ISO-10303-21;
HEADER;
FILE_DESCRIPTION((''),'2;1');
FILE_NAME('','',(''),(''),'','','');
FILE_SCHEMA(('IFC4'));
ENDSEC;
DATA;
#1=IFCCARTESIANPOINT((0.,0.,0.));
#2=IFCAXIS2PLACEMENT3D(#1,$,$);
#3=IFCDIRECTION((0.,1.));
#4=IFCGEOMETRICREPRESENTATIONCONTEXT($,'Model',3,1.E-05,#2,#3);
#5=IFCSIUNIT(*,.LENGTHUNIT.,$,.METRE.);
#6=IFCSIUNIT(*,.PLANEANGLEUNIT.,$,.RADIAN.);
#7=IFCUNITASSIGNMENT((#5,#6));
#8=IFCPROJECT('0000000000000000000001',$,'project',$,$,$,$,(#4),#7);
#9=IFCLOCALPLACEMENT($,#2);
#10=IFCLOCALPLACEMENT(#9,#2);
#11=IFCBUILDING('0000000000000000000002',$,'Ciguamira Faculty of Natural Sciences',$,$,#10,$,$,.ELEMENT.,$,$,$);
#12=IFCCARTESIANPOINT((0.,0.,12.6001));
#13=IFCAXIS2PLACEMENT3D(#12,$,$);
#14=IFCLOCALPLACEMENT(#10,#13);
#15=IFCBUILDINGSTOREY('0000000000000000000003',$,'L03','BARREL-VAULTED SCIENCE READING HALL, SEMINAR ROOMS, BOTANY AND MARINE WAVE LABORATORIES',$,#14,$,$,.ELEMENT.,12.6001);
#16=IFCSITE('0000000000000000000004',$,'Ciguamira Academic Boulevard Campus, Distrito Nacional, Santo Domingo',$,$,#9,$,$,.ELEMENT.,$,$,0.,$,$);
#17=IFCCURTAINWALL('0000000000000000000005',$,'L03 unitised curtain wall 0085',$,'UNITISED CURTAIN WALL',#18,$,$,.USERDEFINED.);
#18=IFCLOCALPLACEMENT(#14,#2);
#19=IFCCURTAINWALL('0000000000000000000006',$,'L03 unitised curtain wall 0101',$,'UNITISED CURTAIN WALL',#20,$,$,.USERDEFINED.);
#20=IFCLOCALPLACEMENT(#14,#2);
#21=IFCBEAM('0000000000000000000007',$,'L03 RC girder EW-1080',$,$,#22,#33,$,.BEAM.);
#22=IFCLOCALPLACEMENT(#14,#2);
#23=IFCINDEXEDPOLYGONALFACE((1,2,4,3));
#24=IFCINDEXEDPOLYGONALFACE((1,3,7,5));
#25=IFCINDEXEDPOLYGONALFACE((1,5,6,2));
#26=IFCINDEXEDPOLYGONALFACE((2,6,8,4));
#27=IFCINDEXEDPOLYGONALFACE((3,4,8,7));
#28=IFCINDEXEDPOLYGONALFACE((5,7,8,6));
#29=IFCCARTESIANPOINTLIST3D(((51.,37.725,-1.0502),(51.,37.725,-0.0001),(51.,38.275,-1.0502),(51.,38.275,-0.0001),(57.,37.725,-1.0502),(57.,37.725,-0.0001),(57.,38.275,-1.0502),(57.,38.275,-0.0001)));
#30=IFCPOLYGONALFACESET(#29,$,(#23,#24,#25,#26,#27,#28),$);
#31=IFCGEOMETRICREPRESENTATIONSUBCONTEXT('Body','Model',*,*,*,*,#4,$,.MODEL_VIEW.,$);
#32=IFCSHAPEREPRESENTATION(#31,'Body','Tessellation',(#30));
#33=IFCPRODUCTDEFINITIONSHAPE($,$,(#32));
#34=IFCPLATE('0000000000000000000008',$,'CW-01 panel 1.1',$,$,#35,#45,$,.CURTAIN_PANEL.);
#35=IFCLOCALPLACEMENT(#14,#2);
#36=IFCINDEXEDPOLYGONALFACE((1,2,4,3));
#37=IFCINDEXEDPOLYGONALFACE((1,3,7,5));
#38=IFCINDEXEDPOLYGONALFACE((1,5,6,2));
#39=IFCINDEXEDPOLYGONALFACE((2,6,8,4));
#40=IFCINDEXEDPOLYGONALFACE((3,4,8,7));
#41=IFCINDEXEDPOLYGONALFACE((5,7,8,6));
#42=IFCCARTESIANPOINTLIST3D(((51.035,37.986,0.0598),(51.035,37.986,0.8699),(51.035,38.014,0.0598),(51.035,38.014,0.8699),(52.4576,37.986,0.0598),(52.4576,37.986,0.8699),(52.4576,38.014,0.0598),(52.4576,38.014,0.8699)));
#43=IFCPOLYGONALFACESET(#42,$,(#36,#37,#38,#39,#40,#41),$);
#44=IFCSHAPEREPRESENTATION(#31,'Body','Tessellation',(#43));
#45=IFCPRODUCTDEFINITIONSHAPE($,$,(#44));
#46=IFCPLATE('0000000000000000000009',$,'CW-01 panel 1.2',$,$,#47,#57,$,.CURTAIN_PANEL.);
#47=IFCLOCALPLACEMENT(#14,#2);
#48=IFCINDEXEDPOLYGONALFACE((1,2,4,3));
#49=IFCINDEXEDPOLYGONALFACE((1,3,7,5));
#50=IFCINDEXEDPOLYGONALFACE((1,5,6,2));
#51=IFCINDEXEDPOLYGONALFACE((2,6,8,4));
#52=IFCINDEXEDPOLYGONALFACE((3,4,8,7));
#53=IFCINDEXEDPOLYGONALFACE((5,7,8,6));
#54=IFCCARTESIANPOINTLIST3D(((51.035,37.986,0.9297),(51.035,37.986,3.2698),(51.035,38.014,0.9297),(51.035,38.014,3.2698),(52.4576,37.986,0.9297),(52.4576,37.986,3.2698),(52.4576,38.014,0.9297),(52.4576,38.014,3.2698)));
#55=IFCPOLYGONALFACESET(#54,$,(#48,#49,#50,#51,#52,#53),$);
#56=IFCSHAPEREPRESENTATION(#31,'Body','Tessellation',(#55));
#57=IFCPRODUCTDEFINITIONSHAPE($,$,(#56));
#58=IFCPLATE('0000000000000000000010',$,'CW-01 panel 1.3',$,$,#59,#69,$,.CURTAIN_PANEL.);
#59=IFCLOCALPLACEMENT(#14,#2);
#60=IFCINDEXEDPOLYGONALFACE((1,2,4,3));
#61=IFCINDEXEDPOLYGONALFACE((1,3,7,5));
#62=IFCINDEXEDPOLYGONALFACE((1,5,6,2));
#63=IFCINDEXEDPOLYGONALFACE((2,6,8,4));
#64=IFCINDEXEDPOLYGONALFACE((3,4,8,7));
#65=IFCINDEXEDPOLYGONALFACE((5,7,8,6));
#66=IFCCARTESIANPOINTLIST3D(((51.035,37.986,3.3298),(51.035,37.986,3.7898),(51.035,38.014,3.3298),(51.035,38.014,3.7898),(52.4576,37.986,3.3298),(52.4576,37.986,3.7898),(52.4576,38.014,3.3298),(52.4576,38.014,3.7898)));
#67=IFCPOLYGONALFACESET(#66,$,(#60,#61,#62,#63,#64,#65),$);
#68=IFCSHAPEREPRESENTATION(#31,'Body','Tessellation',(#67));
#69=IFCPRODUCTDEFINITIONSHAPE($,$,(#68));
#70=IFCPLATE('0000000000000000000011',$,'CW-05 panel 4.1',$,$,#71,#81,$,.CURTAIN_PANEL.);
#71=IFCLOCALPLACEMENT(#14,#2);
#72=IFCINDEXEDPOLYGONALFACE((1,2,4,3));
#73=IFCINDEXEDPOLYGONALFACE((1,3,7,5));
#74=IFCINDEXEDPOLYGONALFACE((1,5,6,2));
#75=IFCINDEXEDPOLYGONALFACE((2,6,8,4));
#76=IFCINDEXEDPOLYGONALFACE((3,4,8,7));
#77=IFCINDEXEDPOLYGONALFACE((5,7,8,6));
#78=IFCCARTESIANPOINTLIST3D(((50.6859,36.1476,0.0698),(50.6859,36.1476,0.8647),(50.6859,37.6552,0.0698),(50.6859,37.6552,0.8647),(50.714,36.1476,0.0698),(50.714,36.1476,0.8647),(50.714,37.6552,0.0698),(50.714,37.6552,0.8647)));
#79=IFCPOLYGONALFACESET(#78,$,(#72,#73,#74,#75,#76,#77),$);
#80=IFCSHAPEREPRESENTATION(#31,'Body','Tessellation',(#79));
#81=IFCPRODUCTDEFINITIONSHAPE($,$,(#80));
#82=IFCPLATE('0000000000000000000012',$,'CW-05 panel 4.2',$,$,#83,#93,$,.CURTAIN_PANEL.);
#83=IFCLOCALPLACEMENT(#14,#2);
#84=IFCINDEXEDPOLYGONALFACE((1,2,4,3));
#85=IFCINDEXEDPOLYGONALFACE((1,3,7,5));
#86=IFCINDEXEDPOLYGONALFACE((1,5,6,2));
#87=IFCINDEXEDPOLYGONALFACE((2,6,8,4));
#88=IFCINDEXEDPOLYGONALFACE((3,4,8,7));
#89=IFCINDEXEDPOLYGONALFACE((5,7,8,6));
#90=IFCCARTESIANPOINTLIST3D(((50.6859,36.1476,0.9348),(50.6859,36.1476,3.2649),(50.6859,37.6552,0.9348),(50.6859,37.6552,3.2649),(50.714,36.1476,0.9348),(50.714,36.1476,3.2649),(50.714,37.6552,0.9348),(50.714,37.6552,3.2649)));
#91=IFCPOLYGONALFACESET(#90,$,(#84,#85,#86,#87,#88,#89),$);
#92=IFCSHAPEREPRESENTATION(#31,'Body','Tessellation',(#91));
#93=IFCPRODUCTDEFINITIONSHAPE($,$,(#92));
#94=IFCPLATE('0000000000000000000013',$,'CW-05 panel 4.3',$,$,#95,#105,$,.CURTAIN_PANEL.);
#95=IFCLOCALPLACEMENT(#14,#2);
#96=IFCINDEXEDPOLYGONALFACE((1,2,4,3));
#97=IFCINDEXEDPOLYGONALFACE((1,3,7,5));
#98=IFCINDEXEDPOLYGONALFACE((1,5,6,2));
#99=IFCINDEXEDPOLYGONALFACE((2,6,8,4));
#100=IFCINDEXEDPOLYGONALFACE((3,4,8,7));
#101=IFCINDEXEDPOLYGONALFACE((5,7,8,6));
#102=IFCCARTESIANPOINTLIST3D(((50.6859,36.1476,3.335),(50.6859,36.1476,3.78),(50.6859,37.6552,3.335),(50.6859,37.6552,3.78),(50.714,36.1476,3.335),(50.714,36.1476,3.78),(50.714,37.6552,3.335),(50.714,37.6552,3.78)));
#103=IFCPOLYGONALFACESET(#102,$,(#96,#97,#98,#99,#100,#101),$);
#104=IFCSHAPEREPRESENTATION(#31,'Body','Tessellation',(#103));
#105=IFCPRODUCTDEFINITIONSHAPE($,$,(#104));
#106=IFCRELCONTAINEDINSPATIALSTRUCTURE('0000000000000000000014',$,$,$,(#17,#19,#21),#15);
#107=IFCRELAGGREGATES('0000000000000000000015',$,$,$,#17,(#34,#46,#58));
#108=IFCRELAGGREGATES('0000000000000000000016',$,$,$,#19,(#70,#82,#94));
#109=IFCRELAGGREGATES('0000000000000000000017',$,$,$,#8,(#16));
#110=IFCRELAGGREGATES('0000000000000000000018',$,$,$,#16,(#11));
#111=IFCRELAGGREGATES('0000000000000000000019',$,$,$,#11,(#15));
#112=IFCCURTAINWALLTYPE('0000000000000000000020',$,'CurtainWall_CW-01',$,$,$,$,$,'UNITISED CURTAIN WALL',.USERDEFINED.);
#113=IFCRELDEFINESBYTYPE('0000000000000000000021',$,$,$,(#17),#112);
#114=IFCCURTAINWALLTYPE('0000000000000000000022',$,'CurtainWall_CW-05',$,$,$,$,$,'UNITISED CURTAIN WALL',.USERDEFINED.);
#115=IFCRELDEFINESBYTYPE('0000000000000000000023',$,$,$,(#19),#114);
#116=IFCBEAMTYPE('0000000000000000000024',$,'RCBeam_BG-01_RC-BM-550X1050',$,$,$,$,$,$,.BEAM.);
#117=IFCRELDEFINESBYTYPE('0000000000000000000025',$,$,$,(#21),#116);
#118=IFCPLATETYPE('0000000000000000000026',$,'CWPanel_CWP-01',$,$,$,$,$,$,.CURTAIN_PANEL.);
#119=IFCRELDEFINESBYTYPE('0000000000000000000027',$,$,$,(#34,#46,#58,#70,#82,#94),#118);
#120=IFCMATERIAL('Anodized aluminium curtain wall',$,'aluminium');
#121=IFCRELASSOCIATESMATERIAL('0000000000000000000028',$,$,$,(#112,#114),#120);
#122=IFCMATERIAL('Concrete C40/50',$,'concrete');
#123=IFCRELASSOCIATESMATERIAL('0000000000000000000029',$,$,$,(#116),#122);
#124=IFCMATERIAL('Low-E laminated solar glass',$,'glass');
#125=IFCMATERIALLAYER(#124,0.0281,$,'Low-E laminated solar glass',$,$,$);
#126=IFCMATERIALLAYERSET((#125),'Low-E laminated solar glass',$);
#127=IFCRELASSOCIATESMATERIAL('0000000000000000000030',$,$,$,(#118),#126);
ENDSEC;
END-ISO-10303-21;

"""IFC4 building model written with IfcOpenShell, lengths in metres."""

from ifc_helpers import new_model, si_unit, direction, frame, origin, origin_2d, place, context, subcontext, project, spatial, rectangle, extrude, material, layer, layer_set, material_profile, profile_set, type_object, element, aggregate, save


model = new_model("IFC4")

# Units and contexts
model_context = context("Model", 3, precision=1e-05, world=origin(), true_north=direction((0.0, 1.0)))
body_context = subcontext(model_context, "Body", "Model", "MODEL_VIEW")
ifc_project = project(units=[si_unit("LENGTHUNIT", "METRE"), si_unit("PLANEANGLEUNIT", "RADIAN")], contexts=[model_context])

# Site, building, storey
site_placement = place(None, origin())
site = spatial("IfcSite", under=ifc_project, at=site_placement, Name="Ciguamira Academic Boulevard Campus, Distrito Nacional, Santo Domingo", CompositionType="ELEMENT", RefElevation=0.0)
building_placement = place(site_placement, origin())
building = spatial("IfcBuilding", under=site, at=building_placement, Name="Ciguamira Faculty of Natural Sciences", CompositionType="ELEMENT")
storey_placement = place(building_placement, frame((0.0, 0.0, 12.6001)))
storey = spatial("IfcBuildingStorey", under=building, at=storey_placement, Name="L03", Description="BARREL-VAULTED SCIENCE READING HALL, SEMINAR ROOMS, BOTANY AND MARINE WAVE LABORATORIES", CompositionType="ELEMENT", Elevation=12.6001)

# Shared definitions
ifc_material_1 = material(Name="Concrete C40/50", Category="concrete")

# Curtain wall
ifc_material_2 = material(Name="Anodized aluminium curtain wall", Category="aluminium")
curtain_wall_type_1 = type_object("IfcCurtainWallType", Name="CurtainWall_CW-01", ElementType="UNITISED CURTAIN WALL", PredefinedType="USERDEFINED", material=ifc_material_2)
curtain_wall_1_placement = place(storey_placement, origin())
curtain_wall_1 = element("IfcCurtainWall", 1, at=curtain_wall_1_placement, inside=storey, type_object=curtain_wall_type_1, Name="L03 unitised curtain wall 0085", ObjectType="UNITISED CURTAIN WALL", PredefinedType="USERDEFINED")

# Curtain wall
curtain_wall_type_2 = type_object("IfcCurtainWallType", Name="CurtainWall_CW-05", ElementType="UNITISED CURTAIN WALL", PredefinedType="USERDEFINED", material=ifc_material_2)
curtain_wall_2_placement = place(storey_placement, origin())
curtain_wall_2 = element("IfcCurtainWall", 2, at=curtain_wall_2_placement, inside=storey, type_object=curtain_wall_type_2, Name="L03 unitised curtain wall 0101", ObjectType="UNITISED CURTAIN WALL", PredefinedType="USERDEFINED")

# Beam
ifc_material_profile_1 = material_profile(ifc_material_1, rectangle(XDim=0.55, YDim=1.05, at=origin_2d()), Name="RC-BM-550X1050")
ifc_profile_set_1 = profile_set([ifc_material_profile_1], Name="Concrete C40/50")
beam_type = type_object("IfcBeamType", Name="RCBeam_BG-01_RC-BM-550X1050", PredefinedType="BEAM", material=ifc_profile_set_1)
beam_placement = place(storey_placement, frame((51.0, 38.0, -0.5251), z_axis=(1.0, 0.0, 0.0), x_axis=(0.0, 1.0, 0.0)))
element("IfcBeam", 3, at=beam_placement, inside=storey, type_object=beam_type, Name="L03 RC girder EW-1080", PredefinedType="BEAM", context=body_context, shape_type="SweptSolid", body=[
    extrude(rectangle(XDim=0.55, YDim=1.05, at=origin_2d()), origin(), (0.0, 0.0, 1.0), 6.0),
])

# Plates
ifc_material_3 = material(Name="Low-E laminated solar glass", Category="glass")
ifc_layer = layer(ifc_material_3, 0.0281, Name="Low-E laminated solar glass")
ifc_layer_set = layer_set([ifc_layer], Name="Low-E laminated solar glass")
plate_type = type_object("IfcPlateType", Name="CWPanel_CWP-01", PredefinedType="CURTAIN_PANEL", material=ifc_layer_set)
plate_1_placement = place(storey_placement, frame((51.7463, 38.0, 0.0598), z_axis=(0.0, 0.0, 1.0), x_axis=(1.0, 0.0, 0.0)))
plate_1 = element("IfcPlate", 4, at=plate_1_placement, type_object=plate_type, Name="CW-01 panel 1.1", PredefinedType="CURTAIN_PANEL", context=body_context, shape_type="SweptSolid", body=[
    extrude(rectangle(XDim=1.4226, YDim=0.0281, at=origin_2d()), origin(), (0.0, 0.0, 1.0), 0.8101),
])
plate_2_placement = place(storey_placement, frame((51.7463, 38.0, 0.9297), z_axis=(0.0, 0.0, 1.0), x_axis=(1.0, 0.0, 0.0)))
plate_2 = element("IfcPlate", 5, at=plate_2_placement, type_object=plate_type, Name="CW-01 panel 1.2", PredefinedType="CURTAIN_PANEL", context=body_context, shape_type="SweptSolid", body=[
    extrude(rectangle(XDim=1.4226, YDim=0.0281, at=origin_2d()), origin(), (0.0, 0.0, 1.0), 2.3401),
])
plate_3_placement = place(storey_placement, frame((51.7463, 38.0, 3.3298), z_axis=(0.0, 0.0, 1.0), x_axis=(1.0, 0.0, 0.0)))
plate_3 = element("IfcPlate", 6, at=plate_3_placement, type_object=plate_type, Name="CW-01 panel 1.3", PredefinedType="CURTAIN_PANEL", context=body_context, shape_type="SweptSolid", body=[
    extrude(rectangle(XDim=1.4226, YDim=0.0281, at=origin_2d()), origin(), (0.0, 0.0, 1.0), 0.46),
])
aggregate(curtain_wall_1, [plate_1, plate_2, plate_3])
plate_4_placement = place(storey_placement, frame((50.7, 36.9014, 0.0698), z_axis=(0.0, 0.0, 1.0), x_axis=(0.0, 1.0, 0.0)))
plate_4 = element("IfcPlate", 7, at=plate_4_placement, type_object=plate_type, Name="CW-05 panel 4.1", PredefinedType="CURTAIN_PANEL", context=body_context, shape_type="SweptSolid", body=[
    extrude(rectangle(XDim=1.5076, YDim=0.0281, at=origin_2d()), origin(), (0.0, 0.0, 1.0), 0.7949),
])
plate_5_placement = place(storey_placement, frame((50.7, 36.9014, 0.9348), z_axis=(0.0, 0.0, 1.0), x_axis=(0.0, 1.0, 0.0)))
plate_5 = element("IfcPlate", 8, at=plate_5_placement, type_object=plate_type, Name="CW-05 panel 4.2", PredefinedType="CURTAIN_PANEL", context=body_context, shape_type="SweptSolid", body=[
    extrude(rectangle(XDim=1.5076, YDim=0.0281, at=origin_2d()), origin(), (0.0, 0.0, 1.0), 2.3301),
])
plate_6_placement = place(storey_placement, frame((50.7, 36.9014, 3.335), z_axis=(0.0, 0.0, 1.0), x_axis=(0.0, 1.0, 0.0)))
plate_6 = element("IfcPlate", 9, at=plate_6_placement, type_object=plate_type, Name="CW-05 panel 4.3", PredefinedType="CURTAIN_PANEL", context=body_context, shape_type="SweptSolid", body=[
    extrude(rectangle(XDim=1.5076, YDim=0.0281, at=origin_2d()), origin(), (0.0, 0.0, 1.0), 0.4451),
])
aggregate(curtain_wall_2, [plate_4, plate_5, plate_6])

save(model, "model.ifc")
